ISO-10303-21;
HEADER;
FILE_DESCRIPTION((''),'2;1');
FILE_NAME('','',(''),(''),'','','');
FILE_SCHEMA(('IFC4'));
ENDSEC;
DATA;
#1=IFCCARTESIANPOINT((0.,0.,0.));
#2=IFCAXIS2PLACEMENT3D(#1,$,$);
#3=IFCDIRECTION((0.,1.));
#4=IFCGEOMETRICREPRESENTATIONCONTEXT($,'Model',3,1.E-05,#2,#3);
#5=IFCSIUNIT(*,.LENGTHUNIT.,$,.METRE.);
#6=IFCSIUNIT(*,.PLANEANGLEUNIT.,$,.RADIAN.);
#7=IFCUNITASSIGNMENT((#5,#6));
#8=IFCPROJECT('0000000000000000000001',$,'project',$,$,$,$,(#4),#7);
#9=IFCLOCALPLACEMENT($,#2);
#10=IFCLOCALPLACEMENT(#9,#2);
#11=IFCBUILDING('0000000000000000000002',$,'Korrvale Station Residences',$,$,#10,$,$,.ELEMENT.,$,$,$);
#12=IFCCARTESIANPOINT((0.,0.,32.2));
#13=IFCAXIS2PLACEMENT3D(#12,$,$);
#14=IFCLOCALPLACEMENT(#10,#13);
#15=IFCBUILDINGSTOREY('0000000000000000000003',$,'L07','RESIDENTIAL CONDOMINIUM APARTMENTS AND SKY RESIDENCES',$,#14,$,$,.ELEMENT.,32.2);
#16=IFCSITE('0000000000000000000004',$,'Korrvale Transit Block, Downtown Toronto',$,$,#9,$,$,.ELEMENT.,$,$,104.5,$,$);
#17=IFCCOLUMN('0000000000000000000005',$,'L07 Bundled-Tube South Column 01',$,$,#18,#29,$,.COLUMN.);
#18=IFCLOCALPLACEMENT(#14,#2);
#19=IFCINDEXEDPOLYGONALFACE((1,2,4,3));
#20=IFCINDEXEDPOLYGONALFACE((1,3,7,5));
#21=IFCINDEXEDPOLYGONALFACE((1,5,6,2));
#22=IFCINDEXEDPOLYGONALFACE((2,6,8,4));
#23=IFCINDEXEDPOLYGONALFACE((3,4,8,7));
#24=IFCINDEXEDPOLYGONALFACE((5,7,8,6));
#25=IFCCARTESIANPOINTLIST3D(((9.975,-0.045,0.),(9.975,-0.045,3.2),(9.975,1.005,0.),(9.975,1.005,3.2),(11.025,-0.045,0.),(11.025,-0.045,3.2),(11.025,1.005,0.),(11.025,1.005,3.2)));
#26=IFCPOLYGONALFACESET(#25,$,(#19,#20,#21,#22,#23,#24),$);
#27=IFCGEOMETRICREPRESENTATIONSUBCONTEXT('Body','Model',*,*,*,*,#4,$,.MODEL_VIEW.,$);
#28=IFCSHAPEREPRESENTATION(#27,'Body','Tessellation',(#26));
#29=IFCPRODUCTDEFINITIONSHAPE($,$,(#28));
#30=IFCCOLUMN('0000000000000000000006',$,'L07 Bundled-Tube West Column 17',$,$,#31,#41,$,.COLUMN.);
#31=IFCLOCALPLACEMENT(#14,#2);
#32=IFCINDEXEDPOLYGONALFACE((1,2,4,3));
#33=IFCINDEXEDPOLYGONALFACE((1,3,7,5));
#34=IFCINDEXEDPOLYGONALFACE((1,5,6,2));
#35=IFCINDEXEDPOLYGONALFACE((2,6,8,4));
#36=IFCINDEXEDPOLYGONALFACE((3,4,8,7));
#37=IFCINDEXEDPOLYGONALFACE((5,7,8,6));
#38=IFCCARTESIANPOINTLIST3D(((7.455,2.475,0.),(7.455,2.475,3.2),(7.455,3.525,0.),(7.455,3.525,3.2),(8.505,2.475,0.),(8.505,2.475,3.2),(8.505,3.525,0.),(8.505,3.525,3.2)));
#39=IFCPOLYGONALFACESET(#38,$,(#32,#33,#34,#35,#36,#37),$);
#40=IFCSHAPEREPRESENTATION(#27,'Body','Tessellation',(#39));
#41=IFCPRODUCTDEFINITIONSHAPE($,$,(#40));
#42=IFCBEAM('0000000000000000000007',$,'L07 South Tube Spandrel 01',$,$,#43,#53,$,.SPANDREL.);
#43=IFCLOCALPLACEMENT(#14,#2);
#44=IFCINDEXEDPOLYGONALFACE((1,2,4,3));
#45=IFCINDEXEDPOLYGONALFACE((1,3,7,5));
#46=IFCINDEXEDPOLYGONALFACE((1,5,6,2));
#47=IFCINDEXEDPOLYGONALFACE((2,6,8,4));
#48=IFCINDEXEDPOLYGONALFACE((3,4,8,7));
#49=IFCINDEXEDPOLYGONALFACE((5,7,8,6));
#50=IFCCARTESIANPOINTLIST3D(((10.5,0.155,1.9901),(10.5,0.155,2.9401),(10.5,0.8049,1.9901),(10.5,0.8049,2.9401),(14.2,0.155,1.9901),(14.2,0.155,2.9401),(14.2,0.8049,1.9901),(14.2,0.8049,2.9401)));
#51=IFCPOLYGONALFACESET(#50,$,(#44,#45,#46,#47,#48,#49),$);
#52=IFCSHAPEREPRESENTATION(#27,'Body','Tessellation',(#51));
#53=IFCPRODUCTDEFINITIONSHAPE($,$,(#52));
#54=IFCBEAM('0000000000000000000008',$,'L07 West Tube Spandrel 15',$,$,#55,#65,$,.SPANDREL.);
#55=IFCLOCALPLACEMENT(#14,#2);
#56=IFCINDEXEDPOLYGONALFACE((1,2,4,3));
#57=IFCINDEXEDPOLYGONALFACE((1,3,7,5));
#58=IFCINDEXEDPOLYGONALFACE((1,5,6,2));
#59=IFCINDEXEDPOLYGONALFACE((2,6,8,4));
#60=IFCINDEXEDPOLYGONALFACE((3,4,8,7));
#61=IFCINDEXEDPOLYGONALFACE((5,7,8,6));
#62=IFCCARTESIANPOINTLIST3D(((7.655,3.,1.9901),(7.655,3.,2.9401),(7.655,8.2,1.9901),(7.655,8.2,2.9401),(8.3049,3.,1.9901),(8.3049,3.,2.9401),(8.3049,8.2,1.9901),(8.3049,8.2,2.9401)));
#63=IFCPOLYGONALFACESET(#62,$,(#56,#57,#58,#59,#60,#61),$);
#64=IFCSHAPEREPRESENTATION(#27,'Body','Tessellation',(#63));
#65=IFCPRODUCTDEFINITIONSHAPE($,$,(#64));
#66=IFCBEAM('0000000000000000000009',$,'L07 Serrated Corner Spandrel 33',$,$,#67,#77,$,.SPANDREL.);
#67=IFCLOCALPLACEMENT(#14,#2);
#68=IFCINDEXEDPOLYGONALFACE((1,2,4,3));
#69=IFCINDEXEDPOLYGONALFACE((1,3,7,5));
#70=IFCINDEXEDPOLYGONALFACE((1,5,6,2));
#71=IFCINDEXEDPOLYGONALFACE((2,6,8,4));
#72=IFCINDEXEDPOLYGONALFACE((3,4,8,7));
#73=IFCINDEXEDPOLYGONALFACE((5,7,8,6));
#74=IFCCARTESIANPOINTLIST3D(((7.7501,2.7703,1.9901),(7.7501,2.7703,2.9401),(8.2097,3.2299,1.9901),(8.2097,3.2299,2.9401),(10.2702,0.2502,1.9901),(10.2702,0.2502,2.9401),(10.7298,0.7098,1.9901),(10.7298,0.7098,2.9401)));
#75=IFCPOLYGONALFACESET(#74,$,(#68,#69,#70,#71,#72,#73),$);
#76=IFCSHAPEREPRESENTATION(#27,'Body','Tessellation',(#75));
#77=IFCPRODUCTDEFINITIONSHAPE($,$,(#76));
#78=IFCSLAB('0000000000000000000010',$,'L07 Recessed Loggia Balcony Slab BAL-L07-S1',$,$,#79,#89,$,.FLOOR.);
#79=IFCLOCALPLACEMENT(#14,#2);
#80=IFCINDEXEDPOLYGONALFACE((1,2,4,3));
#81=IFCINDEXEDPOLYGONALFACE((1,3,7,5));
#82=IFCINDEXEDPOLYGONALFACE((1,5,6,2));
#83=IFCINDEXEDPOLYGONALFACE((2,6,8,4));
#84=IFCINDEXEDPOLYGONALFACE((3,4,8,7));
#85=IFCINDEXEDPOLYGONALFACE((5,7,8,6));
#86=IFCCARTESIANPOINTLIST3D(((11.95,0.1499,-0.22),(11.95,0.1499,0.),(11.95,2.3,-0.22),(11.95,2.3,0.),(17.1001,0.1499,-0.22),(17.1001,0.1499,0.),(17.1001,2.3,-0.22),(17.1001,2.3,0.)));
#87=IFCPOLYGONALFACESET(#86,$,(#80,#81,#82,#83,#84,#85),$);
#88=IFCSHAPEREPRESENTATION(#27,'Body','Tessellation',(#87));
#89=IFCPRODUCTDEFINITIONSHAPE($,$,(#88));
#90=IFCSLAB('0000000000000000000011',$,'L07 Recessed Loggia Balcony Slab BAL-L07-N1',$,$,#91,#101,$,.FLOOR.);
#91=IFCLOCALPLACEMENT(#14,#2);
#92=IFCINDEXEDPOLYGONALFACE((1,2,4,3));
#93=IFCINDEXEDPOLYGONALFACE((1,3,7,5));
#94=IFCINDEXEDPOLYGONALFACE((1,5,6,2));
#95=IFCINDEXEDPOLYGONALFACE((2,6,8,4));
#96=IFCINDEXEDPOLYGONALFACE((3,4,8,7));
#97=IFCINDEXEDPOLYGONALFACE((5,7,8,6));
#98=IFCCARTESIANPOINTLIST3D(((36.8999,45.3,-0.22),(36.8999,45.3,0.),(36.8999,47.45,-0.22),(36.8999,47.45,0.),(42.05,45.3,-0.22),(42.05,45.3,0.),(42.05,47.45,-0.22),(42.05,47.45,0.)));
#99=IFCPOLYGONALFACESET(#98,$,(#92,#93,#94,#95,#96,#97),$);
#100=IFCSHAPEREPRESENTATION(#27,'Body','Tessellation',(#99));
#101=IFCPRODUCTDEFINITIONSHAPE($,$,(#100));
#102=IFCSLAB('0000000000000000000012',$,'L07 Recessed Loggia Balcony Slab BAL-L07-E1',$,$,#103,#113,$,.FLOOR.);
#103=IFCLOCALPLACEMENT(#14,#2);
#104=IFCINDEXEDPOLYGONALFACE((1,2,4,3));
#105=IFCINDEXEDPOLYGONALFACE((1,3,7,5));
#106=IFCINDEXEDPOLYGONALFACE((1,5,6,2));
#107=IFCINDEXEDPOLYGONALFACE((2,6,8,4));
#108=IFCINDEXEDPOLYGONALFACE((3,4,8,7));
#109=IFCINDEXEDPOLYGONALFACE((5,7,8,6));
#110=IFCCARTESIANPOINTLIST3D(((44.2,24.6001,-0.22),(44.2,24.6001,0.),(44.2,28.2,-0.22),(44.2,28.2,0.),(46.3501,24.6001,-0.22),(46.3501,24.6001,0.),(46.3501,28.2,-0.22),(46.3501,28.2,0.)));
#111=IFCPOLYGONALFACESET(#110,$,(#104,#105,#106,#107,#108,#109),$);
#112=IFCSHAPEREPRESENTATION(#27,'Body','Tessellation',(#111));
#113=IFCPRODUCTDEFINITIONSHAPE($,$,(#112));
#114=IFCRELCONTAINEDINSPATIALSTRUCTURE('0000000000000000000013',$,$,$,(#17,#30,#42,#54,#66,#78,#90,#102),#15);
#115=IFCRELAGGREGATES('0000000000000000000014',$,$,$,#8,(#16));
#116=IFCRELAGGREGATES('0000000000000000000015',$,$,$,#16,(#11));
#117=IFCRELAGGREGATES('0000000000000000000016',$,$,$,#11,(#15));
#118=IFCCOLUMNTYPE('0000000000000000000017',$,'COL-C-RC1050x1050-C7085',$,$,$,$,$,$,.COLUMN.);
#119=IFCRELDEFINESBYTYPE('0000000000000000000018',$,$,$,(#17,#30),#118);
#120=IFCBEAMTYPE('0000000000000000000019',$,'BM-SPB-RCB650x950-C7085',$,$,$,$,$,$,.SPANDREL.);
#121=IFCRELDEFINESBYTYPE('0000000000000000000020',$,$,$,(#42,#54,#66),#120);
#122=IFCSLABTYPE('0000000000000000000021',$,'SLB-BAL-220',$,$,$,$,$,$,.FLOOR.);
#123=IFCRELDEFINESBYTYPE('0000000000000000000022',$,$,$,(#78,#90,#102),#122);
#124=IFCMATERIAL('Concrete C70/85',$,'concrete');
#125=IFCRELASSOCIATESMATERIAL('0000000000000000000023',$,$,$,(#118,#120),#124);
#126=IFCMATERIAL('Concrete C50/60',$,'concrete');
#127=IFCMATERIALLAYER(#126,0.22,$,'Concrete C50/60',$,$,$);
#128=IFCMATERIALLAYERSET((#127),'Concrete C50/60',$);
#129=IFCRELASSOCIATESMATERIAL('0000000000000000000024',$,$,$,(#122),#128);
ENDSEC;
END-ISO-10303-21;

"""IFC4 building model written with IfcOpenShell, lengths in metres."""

from ifc_helpers import new_model, si_unit, direction, frame, origin, origin_2d, place, context, subcontext, project, spatial, polyline, rectangle, outline, extrude, material, layer, layer_set, material_profile, profile_set, type_object, element, save


model = new_model("IFC4")

# Units and contexts
model_context = context("Model", 3, precision=1e-05, world=origin(), true_north=direction((0.0, 1.0)))
body_context = subcontext(model_context, "Body", "Model", "MODEL_VIEW")
ifc_project = project(units=[si_unit("LENGTHUNIT", "METRE"), si_unit("PLANEANGLEUNIT", "RADIAN")], contexts=[model_context])

# Site, building, storey
site_placement = place(None, origin())
site = spatial("IfcSite", under=ifc_project, at=site_placement, Name="Korrvale Transit Block, Downtown Toronto", CompositionType="ELEMENT", RefElevation=104.5)
building_placement = place(site_placement, origin())
building = spatial("IfcBuilding", under=site, at=building_placement, Name="Korrvale Station Residences", CompositionType="ELEMENT")
storey_placement = place(building_placement, frame((0.0, 0.0, 32.2)))
storey = spatial("IfcBuildingStorey", under=building, at=storey_placement, Name="L07", Description="RESIDENTIAL CONDOMINIUM APARTMENTS AND SKY RESIDENCES", CompositionType="ELEMENT", Elevation=32.2)

# Columns
ifc_material_1 = material(Name="Concrete C70/85", Category="concrete")
ifc_material_profile_1 = material_profile(ifc_material_1, rectangle(XDim=1.05, YDim=1.05, at=origin_2d()), Name="RC1050x1050")
ifc_profile_set_1 = profile_set([ifc_material_profile_1], Name="Concrete C70/85")
column_type = type_object("IfcColumnType", Name="COL-C-RC1050x1050-C7085", PredefinedType="COLUMN", material=ifc_profile_set_1)
for number, where, z_axis, x_axis, name in (
    (1, (10.5, 0.48, 0.0), (0.0, 0.0, 1.0), (1.0, 0.0, 0.0), "L07 Bundled-Tube South Column 01"),
    (2, (7.98, 3.0, 0.0), (0.0, 0.0, 1.0), (1.0, 0.0, 0.0), "L07 Bundled-Tube West Column 17"),
):
    element("IfcColumn", number, at=place(storey_placement, frame(where, z_axis=z_axis, x_axis=x_axis)), inside=storey, type_object=column_type, Name=name, PredefinedType="COLUMN", context=body_context, shape_type="SweptSolid", body=[
        extrude(rectangle(XDim=1.05, YDim=1.05, at=origin_2d()), origin(), (0.0, 0.0, 1.0), 3.2),
    ])

# Beams
ifc_material_profile_2 = material_profile(ifc_material_1, rectangle(XDim=0.6499, YDim=0.95, at=origin_2d()), Name="RCB650x950")
ifc_profile_set_2 = profile_set([ifc_material_profile_2], Name="Concrete C70/85")
beam_type = type_object("IfcBeamType", Name="BM-SPB-RCB650x950-C7085", PredefinedType="SPANDREL", material=ifc_profile_set_2)
beam_1_placement = place(storey_placement, frame((10.5, 0.48, 2.4651), z_axis=(1.0, 0.0, 0.0), x_axis=(0.0, 1.0, 0.0)))
element("IfcBeam", 3, at=beam_1_placement, inside=storey, type_object=beam_type, Name="L07 South Tube Spandrel 01", PredefinedType="SPANDREL", context=body_context, shape_type="SweptSolid", body=[
    extrude(rectangle(XDim=0.6499, YDim=0.95, at=origin_2d()), origin(), (0.0, 0.0, 1.0), 3.7),
])
beam_2_placement = place(storey_placement, frame((7.98, 3.0, 2.4651), z_axis=(0.0, 1.0, 0.0), x_axis=(-1.0, 0.0, 0.0)))
element("IfcBeam", 4, at=beam_2_placement, inside=storey, type_object=beam_type, Name="L07 West Tube Spandrel 15", PredefinedType="SPANDREL", context=body_context, shape_type="SweptSolid", body=[
    extrude(rectangle(XDim=0.6499, YDim=0.95, at=origin_2d()), origin(), (0.0, 0.0, 1.0), 5.2),
])
beam_3_placement = place(storey_placement, frame((10.5, 0.48, 2.4651), z_axis=(-0.707107, 0.707107, 0.0), x_axis=(-0.707107, -0.707107, 0.0)))
element("IfcBeam", 5, at=beam_3_placement, inside=storey, type_object=beam_type, Name="L07 Serrated Corner Spandrel 33", PredefinedType="SPANDREL", context=body_context, shape_type="SweptSolid", body=[
    extrude(rectangle(XDim=0.6499, YDim=0.95, at=origin_2d()), origin(), (0.0, 0.0, 1.0), 3.564),
])

# Slabs
ifc_material_2 = material(Name="Concrete C50/60", Category="concrete")
ifc_layer_1 = layer(ifc_material_2, 0.22, Name="Concrete C50/60")
ifc_layer_set_1 = layer_set([ifc_layer_1], Name="Concrete C50/60")
slab_type_1 = type_object("IfcSlabType", Name="SLB-BAL-220", PredefinedType="FLOOR", material=ifc_layer_set_1)
slab_1_placement = place(storey_placement, frame((0.0, 0.0, -0.22)))
element("IfcSlab", 6, at=slab_1_placement, inside=storey, type_object=slab_type_1, Name="L07 Recessed Loggia Balcony Slab BAL-L07-S1", PredefinedType="FLOOR", context=body_context, shape_type="SweptSolid", body=[
    extrude(outline(polyline([(11.95, 0.1499), (17.1001, 0.1499), (17.1001, 2.3), (11.95, 2.3), (11.95, 0.1499)])), origin(), (0.0, 0.0, 1.0), 0.22),
])
slab_2_placement = place(storey_placement, frame((0.0, 0.0, -0.22)))
element("IfcSlab", 7, at=slab_2_placement, inside=storey, type_object=slab_type_1, Name="L07 Recessed Loggia Balcony Slab BAL-L07-N1", PredefinedType="FLOOR", context=body_context, shape_type="SweptSolid", body=[
    extrude(outline(polyline([(36.8999, 45.3), (42.05, 45.3), (42.05, 47.45), (36.8999, 47.45), (36.8999, 45.3)])), origin(), (0.0, 0.0, 1.0), 0.22),
])
slab_3_placement = place(storey_placement, frame((0.0, 0.0, -0.22)))
element("IfcSlab", 8, at=slab_3_placement, inside=storey, type_object=slab_type_1, Name="L07 Recessed Loggia Balcony Slab BAL-L07-E1", PredefinedType="FLOOR", context=body_context, shape_type="SweptSolid", body=[
    extrude(outline(polyline([(44.2, 24.6001), (46.3501, 24.6001), (46.3501, 28.2), (44.2, 28.2), (44.2, 24.6001)])), origin(), (0.0, 0.0, 1.0), 0.22),
])

save(model, "model.ifc")
